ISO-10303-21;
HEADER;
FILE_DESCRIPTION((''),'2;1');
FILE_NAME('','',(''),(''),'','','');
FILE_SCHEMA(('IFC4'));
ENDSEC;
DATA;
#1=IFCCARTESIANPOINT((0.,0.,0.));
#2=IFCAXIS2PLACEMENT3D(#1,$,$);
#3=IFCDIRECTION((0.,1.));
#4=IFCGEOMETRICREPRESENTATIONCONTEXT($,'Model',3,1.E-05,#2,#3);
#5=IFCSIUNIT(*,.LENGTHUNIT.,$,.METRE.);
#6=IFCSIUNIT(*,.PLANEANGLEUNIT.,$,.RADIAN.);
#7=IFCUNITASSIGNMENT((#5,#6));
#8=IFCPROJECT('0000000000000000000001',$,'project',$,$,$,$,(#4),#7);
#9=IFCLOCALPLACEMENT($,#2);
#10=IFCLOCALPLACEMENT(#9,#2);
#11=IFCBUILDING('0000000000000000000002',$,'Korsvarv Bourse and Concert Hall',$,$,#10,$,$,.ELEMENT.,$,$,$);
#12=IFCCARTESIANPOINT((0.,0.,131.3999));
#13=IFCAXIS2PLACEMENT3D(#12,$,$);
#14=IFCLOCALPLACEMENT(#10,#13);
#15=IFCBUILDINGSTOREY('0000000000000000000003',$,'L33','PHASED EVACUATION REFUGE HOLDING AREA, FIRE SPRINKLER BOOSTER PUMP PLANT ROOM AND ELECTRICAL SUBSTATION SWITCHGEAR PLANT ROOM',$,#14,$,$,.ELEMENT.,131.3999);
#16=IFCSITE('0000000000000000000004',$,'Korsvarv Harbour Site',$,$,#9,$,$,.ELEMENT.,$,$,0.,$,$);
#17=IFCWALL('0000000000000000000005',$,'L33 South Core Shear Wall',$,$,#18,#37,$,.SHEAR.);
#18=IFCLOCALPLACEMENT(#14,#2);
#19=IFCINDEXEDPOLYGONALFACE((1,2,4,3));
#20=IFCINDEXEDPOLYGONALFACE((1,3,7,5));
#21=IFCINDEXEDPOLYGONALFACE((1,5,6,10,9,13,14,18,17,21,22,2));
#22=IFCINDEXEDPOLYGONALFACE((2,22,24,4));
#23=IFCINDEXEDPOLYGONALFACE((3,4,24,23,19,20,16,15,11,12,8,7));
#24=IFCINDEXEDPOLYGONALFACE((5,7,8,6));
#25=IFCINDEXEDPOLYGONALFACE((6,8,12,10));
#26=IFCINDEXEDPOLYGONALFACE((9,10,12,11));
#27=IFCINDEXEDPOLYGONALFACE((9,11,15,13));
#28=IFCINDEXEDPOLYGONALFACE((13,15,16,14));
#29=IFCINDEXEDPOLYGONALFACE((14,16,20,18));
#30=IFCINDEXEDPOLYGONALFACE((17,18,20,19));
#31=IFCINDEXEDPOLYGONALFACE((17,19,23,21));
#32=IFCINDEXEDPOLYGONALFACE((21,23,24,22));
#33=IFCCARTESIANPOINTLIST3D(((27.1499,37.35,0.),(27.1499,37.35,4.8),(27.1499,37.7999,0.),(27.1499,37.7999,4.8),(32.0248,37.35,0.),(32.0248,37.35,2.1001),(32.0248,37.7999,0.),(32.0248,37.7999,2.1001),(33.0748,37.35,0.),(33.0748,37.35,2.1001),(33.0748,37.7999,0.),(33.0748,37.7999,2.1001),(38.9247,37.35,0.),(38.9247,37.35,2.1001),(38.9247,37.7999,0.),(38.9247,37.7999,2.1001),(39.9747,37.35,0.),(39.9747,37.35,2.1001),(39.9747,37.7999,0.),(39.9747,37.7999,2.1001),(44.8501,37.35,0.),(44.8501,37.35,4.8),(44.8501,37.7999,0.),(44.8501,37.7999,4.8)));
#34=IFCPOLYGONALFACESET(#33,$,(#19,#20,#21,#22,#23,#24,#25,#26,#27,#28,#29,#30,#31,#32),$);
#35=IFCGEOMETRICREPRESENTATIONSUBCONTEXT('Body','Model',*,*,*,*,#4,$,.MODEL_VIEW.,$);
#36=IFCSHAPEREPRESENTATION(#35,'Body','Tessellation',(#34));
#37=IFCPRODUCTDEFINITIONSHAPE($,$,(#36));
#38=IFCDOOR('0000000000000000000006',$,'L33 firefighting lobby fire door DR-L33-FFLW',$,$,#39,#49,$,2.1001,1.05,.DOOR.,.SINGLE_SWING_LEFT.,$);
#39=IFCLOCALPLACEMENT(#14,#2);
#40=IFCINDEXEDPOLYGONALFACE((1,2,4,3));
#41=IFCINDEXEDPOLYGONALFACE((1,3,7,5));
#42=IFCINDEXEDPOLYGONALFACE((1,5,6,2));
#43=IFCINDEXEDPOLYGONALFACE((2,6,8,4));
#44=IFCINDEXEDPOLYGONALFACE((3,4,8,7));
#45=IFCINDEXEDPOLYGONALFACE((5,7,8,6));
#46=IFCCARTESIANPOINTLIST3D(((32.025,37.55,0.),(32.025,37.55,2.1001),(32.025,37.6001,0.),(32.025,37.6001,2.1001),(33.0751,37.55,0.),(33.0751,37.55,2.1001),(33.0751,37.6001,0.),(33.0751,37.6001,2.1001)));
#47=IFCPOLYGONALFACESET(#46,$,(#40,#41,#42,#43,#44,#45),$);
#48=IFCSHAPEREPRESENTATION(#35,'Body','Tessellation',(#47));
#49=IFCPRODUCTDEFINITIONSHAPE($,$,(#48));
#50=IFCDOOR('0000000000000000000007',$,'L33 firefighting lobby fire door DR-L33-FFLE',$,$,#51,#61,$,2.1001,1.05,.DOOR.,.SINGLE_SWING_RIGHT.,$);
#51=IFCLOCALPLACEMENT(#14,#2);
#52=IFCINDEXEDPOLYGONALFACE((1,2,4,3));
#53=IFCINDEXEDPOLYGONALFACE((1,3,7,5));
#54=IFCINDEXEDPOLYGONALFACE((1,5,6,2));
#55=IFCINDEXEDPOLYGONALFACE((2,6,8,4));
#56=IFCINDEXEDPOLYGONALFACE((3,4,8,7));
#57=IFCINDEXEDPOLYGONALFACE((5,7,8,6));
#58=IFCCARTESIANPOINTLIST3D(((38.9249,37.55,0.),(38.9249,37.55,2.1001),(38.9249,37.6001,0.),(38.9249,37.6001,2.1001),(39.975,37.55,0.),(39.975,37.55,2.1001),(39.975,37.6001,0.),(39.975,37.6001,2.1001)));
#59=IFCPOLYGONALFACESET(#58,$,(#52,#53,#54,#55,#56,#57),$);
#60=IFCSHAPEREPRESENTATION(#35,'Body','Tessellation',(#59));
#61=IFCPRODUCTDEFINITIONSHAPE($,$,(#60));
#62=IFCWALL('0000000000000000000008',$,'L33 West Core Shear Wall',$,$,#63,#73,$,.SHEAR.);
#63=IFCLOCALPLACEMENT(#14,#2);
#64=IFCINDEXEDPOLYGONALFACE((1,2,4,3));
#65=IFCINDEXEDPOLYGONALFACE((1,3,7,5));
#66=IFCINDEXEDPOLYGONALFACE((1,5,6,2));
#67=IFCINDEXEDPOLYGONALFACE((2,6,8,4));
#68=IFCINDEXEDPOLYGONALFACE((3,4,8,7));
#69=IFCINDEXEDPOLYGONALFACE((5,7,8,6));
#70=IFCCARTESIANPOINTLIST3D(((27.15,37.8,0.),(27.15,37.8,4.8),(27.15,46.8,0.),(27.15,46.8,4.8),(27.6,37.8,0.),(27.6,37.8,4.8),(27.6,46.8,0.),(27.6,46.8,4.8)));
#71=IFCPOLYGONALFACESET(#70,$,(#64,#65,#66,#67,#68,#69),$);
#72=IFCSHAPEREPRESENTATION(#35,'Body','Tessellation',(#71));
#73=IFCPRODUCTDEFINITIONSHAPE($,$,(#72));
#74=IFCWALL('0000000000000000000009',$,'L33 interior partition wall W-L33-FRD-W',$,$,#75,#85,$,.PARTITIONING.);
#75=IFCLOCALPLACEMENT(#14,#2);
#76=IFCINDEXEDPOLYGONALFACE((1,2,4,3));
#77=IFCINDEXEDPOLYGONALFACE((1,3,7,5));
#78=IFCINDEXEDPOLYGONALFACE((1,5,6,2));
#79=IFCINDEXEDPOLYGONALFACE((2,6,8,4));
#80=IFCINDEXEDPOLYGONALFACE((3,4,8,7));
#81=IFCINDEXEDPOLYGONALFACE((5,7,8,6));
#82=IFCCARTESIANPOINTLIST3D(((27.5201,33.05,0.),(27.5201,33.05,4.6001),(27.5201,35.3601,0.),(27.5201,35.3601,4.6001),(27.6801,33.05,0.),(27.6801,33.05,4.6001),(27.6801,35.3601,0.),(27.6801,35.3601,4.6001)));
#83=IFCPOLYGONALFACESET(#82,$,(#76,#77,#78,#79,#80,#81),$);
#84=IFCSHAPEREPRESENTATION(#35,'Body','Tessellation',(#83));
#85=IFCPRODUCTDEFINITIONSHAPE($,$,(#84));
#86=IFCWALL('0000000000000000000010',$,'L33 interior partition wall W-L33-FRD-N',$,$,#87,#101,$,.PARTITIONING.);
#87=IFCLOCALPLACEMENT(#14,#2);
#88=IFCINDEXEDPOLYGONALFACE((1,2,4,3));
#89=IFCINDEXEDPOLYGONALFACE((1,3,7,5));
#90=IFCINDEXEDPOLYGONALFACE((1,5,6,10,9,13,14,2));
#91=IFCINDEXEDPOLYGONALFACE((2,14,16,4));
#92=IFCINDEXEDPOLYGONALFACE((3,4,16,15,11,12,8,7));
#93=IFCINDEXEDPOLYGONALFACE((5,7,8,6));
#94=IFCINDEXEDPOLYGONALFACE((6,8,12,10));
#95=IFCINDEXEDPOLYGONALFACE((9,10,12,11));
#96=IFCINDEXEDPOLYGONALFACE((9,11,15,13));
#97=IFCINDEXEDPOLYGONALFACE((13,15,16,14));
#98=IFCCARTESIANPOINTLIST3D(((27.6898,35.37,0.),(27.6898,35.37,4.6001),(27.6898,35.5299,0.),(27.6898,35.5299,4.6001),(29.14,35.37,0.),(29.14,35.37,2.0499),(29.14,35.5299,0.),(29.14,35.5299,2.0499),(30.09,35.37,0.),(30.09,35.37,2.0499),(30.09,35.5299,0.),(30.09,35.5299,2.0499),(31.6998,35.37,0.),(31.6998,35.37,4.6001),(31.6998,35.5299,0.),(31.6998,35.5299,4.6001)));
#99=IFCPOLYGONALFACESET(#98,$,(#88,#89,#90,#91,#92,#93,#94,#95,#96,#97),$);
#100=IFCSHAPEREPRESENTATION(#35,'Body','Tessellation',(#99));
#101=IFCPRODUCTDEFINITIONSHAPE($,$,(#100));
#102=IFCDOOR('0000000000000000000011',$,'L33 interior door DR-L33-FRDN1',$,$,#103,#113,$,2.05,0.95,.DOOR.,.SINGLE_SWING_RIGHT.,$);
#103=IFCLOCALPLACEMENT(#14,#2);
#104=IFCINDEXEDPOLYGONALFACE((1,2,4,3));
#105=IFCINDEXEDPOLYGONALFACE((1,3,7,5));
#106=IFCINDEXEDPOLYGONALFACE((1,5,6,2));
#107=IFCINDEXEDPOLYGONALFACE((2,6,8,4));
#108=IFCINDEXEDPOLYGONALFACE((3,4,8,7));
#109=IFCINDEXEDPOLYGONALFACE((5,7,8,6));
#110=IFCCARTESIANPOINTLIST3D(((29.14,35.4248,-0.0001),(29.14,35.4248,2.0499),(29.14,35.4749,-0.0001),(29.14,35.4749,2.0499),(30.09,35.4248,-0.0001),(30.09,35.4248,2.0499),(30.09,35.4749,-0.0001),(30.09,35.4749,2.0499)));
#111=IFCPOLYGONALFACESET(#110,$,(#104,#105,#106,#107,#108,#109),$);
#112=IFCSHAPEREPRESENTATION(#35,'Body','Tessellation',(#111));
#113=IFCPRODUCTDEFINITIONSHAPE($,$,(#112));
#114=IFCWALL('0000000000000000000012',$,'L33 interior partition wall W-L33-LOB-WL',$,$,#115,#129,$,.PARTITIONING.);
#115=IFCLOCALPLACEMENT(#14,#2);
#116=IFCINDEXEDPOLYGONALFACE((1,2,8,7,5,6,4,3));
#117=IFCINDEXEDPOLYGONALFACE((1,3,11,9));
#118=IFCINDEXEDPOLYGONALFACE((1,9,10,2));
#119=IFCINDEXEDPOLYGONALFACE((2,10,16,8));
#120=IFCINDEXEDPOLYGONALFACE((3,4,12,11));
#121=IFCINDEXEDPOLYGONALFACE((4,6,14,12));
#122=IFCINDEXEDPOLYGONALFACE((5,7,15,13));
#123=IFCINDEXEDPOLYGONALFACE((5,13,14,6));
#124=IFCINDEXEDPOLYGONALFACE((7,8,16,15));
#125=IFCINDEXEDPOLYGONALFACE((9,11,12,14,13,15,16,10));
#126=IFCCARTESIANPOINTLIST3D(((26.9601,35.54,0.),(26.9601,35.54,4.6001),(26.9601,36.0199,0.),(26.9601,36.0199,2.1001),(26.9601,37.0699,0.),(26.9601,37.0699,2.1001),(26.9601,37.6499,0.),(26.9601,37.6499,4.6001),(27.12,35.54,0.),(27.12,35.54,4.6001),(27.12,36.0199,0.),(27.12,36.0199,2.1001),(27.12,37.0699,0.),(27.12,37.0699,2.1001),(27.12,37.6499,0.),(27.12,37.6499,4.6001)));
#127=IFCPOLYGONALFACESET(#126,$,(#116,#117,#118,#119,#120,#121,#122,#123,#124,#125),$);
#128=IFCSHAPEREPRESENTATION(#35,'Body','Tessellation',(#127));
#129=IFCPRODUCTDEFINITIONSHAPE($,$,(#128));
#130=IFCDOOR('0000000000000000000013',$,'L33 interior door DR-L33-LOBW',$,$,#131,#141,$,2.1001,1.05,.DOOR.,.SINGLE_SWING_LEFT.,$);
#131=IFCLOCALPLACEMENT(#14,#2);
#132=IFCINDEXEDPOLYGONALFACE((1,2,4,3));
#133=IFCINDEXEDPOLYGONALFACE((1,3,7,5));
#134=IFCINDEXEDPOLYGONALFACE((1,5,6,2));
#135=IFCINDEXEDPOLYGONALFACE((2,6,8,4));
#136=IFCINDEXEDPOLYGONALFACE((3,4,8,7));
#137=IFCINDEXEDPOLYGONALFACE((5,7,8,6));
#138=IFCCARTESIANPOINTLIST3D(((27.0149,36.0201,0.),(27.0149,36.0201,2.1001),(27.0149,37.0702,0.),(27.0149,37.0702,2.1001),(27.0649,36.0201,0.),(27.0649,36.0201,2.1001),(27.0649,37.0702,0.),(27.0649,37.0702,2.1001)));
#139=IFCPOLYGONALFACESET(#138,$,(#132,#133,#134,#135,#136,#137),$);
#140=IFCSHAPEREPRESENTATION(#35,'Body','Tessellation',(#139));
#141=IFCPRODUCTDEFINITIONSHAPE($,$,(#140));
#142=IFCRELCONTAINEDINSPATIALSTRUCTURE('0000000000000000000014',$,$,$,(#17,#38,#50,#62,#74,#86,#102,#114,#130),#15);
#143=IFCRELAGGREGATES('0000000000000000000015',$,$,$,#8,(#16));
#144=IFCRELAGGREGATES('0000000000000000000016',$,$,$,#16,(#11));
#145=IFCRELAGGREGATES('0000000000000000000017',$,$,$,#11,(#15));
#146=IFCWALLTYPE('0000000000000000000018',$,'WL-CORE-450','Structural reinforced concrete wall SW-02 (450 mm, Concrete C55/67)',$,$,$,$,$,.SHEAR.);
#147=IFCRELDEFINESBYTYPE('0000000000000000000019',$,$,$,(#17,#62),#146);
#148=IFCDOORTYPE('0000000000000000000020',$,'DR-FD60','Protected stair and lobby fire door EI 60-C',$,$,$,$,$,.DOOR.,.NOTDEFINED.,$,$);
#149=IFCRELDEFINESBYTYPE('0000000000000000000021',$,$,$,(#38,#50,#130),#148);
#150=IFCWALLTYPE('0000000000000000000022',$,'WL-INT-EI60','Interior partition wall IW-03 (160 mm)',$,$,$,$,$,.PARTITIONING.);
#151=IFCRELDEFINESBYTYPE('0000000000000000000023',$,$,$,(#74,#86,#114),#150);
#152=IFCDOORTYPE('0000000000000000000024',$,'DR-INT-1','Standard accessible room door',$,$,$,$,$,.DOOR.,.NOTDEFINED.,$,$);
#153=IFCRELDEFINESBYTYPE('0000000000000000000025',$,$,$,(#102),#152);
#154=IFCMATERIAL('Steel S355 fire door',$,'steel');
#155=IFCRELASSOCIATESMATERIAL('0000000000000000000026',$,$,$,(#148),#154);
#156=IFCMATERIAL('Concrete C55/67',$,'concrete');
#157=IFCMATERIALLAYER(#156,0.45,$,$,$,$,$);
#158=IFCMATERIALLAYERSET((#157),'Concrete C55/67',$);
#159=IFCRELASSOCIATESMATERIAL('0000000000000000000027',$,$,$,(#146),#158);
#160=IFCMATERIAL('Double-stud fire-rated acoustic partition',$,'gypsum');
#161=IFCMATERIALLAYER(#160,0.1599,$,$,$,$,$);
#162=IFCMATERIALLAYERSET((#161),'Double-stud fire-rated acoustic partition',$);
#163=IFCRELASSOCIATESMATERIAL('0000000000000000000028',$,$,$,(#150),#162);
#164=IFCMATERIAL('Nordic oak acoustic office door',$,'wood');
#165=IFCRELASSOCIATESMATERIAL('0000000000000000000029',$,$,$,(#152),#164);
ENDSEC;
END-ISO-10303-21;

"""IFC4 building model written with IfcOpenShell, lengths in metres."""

from ifc_helpers import new_model, si_unit, direction, frame, frame_2d, origin, place, context, subcontext, project, spatial, rectangle, extrude, material, layer, layer_set, type_object, element, fill, save


model = new_model("IFC4")

# Units and contexts
model_context = context("Model", 3, precision=1e-05, world=origin(), true_north=direction((0.0, 1.0)))
body_context = subcontext(model_context, "Body", "Model", "MODEL_VIEW")
ifc_project = project(units=[si_unit("LENGTHUNIT", "METRE"), si_unit("PLANEANGLEUNIT", "RADIAN")], contexts=[model_context])

# Site, building, storey
site_placement = place(None, origin())
site = spatial("IfcSite", under=ifc_project, at=site_placement, Name="Korsvarv Harbour Site", CompositionType="ELEMENT", RefElevation=0.0)
building_placement = place(site_placement, origin())
building = spatial("IfcBuilding", under=site, at=building_placement, Name="Korsvarv Bourse and Concert Hall", CompositionType="ELEMENT")
storey_placement = place(building_placement, frame((0.0, 0.0, 131.3999)))
storey = spatial("IfcBuildingStorey", under=building, at=storey_placement, Name="L33", Description="PHASED EVACUATION REFUGE HOLDING AREA, FIRE SPRINKLER BOOSTER PUMP PLANT ROOM AND ELECTRICAL SUBSTATION SWITCHGEAR PLANT ROOM", CompositionType="ELEMENT", Elevation=131.3999)

# Shared definitions
ifc_material_1 = material(Name="Concrete C55/67", Category="concrete")

# Shared definitions
ifc_material_2 = material(Name="Steel S355 fire door", Category="steel")
door_type_1 = type_object("IfcDoorType", Name="DR-FD60", Description="Protected stair and lobby fire door EI 60-C", OperationType="NOTDEFINED", PredefinedType="DOOR", material=ifc_material_2)

# Wall, openings, doors
ifc_layer_1 = layer(ifc_material_1, 0.45)
ifc_layer_set_1 = layer_set([ifc_layer_1], Name="Concrete C55/67")
wall_type_1 = type_object("IfcWallType", Name="WL-CORE-450", Description="Structural reinforced concrete wall SW-02 (450 mm, Concrete C55/67)", PredefinedType="SHEAR", material=ifc_layer_set_1)
wall_1_placement = place(storey_placement, frame((27.1499, 37.575, 0.0), z_axis=(0.0, 0.0, 1.0), x_axis=(1.0, 0.0, 0.0)))
wall_1 = element("IfcWall", 1, at=wall_1_placement, inside=storey, type_object=wall_type_1, Name="L33 South Core Shear Wall", PredefinedType="SHEAR", context=body_context, shape_type="SweptSolid", body=[
    extrude(rectangle(XDim=17.7002, YDim=0.45, at=frame_2d((8.8501, 0.0))), origin(), (0.0, 0.0, 1.0), 4.8),
])
opening_1_placement = place(wall_1_placement, frame((4.875, 0.0, 0.0)))
opening_1 = element("IfcOpeningElement", 2, at=opening_1_placement, cuts=wall_1, PredefinedType="OPENING", context=body_context, shape_type="SweptSolid", body=[
    extrude(rectangle(XDim=1.05, YDim=2.1001, at=frame_2d((0.5249, 1.05))), frame((0.0, 0.2349, 0.0), z_axis=(0.0, -1.0, 0.0), x_axis=(1.0, 0.0, 0.0)), (0.0, 0.0, 1.0), 0.47),
])
opening_2_placement = place(wall_1_placement, frame((11.7749, 0.0, 0.0)))
opening_2 = element("IfcOpeningElement", 3, at=opening_2_placement, cuts=wall_1, PredefinedType="OPENING", context=body_context, shape_type="SweptSolid", body=[
    extrude(rectangle(XDim=1.05, YDim=2.1001, at=frame_2d((0.5249, 1.05))), frame((0.0, 0.2349, 0.0), z_axis=(0.0, -1.0, 0.0), x_axis=(1.0, 0.0, 0.0)), (0.0, 0.0, 1.0), 0.47),
])
door_1_placement = place(opening_1_placement, frame((1.05, 0.0, 0.0), z_axis=(0.0, 0.0, 1.0), x_axis=(-1.0, 0.0, 0.0)))
door_1 = element("IfcDoor", 4, at=door_1_placement, inside=storey, type_object=door_type_1, Name="L33 firefighting lobby fire door DR-L33-FFLW", OperationType="SINGLE_SWING_LEFT", OverallHeight=2.1001, OverallWidth=1.05, PredefinedType="DOOR", context=body_context, shape_type="SweptSolid", body=[
    extrude(rectangle(XDim=1.05, YDim=2.1001, at=frame_2d((0.5249, 1.05))), frame((0.0, 0.0249, 0.0), z_axis=(0.0, -1.0, 0.0), x_axis=(1.0, 0.0, 0.0)), (0.0, 0.0, 1.0), 0.05),
])
fill(opening_1, door_1)
door_2_placement = place(opening_2_placement, frame((1.05, 0.0, 0.0), z_axis=(0.0, 0.0, 1.0), x_axis=(-1.0, 0.0, 0.0)))
door_2 = element("IfcDoor", 5, at=door_2_placement, inside=storey, type_object=door_type_1, Name="L33 firefighting lobby fire door DR-L33-FFLE", OperationType="SINGLE_SWING_RIGHT", OverallHeight=2.1001, OverallWidth=1.05, PredefinedType="DOOR", context=body_context, shape_type="SweptSolid", body=[
    extrude(rectangle(XDim=1.05, YDim=2.1001, at=frame_2d((0.5249, 1.05))), frame((0.0, 0.0249, 0.0), z_axis=(0.0, -1.0, 0.0), x_axis=(1.0, 0.0, 0.0)), (0.0, 0.0, 1.0), 0.05),
])
fill(opening_2, door_2)

# Walls
wall_2_placement = place(storey_placement, frame((27.375, 37.8, 0.0), z_axis=(0.0, 0.0, 1.0), x_axis=(0.0, 1.0, 0.0)))
element("IfcWall", 6, at=wall_2_placement, inside=storey, type_object=wall_type_1, Name="L33 West Core Shear Wall", PredefinedType="SHEAR", context=body_context, shape_type="SweptSolid", body=[
    extrude(rectangle(XDim=9.0, YDim=0.45, at=frame_2d((4.5, 0.0))), origin(), (0.0, 0.0, 1.0), 4.8),
])
ifc_material_3 = material(Name="Double-stud fire-rated acoustic partition", Category="gypsum")
ifc_layer_2 = layer(ifc_material_3, 0.1599)
ifc_layer_set_2 = layer_set([ifc_layer_2], Name="Double-stud fire-rated acoustic partition")
wall_type_2 = type_object("IfcWallType", Name="WL-INT-EI60", Description="Interior partition wall IW-03 (160 mm)", PredefinedType="PARTITIONING", material=ifc_layer_set_2)
wall_3_placement = place(storey_placement, frame((27.6001, 33.05, 0.0), z_axis=(0.0, 0.0, 1.0), x_axis=(0.0, 1.0, 0.0)))
element("IfcWall", 7, at=wall_3_placement, inside=storey, type_object=wall_type_2, Name="L33 interior partition wall W-L33-FRD-W", PredefinedType="PARTITIONING", context=body_context, shape_type="SweptSolid", body=[
    extrude(rectangle(XDim=2.3101, YDim=0.1599, at=frame_2d((1.155, 0.0))), origin(), (0.0, 0.0, 1.0), 4.6001),
])

# Walls, openings, doors
wall_4_placement = place(storey_placement, frame((27.6899, 35.45, 0.0), z_axis=(0.0, 0.0, 1.0), x_axis=(1.0, 0.0, 0.0)))
wall_4 = element("IfcWall", 8, at=wall_4_placement, inside=storey, type_object=wall_type_2, Name="L33 interior partition wall W-L33-FRD-N", PredefinedType="PARTITIONING", context=body_context, shape_type="SweptSolid", body=[
    extrude(rectangle(XDim=4.01, YDim=0.1599, at=frame_2d((2.0049, 0.0))), origin(), (0.0, 0.0, 1.0), 4.6001),
])
opening_3_placement = place(wall_4_placement, frame((1.45, 0.0, 0.0)))
opening_3 = element("IfcOpeningElement", 9, at=opening_3_placement, cuts=wall_4, PredefinedType="OPENING", context=body_context, shape_type="SweptSolid", body=[
    extrude(rectangle(XDim=0.95, YDim=2.05, at=frame_2d((0.4751, 1.0249))), frame((0.0, 0.0898, 0.0), z_axis=(0.0, -1.0, 0.0), x_axis=(1.0, 0.0, 0.0)), (0.0, 0.0, 1.0), 0.1799),
])
ifc_material_4 = material(Name="Nordic oak acoustic office door", Category="wood")
door_type_2 = type_object("IfcDoorType", Name="DR-INT-1", Description="Standard accessible room door", OperationType="NOTDEFINED", PredefinedType="DOOR", material=ifc_material_4)
door_3_placement = place(opening_3_placement, origin())
door_3 = element("IfcDoor", 10, at=door_3_placement, inside=storey, type_object=door_type_2, Name="L33 interior door DR-L33-FRDN1", OperationType="SINGLE_SWING_RIGHT", OverallHeight=2.05, OverallWidth=0.95, PredefinedType="DOOR", context=body_context, shape_type="SweptSolid", body=[
    extrude(rectangle(XDim=0.95, YDim=2.05, at=frame_2d((0.4751, 1.0249))), frame((0.0, 0.0249, 0.0), z_axis=(0.0, -1.0, 0.0), x_axis=(1.0, 0.0, 0.0)), (0.0, 0.0, 1.0), 0.05),
])
fill(opening_3, door_3)
wall_5_placement = place(storey_placement, frame((27.04, 35.54, 0.0), z_axis=(0.0, 0.0, 1.0), x_axis=(0.0, 1.0, 0.0)))
wall_5 = element("IfcWall", 11, at=wall_5_placement, inside=storey, type_object=wall_type_2, Name="L33 interior partition wall W-L33-LOB-WL", PredefinedType="PARTITIONING", context=body_context, shape_type="SweptSolid", body=[
    extrude(rectangle(XDim=2.1099, YDim=0.1599, at=frame_2d((1.0549, 0.0))), origin(), (0.0, 0.0, 1.0), 4.6001),
])
opening_4_placement = place(wall_5_placement, frame((0.48, 0.0, 0.0)))
opening_4 = element("IfcOpeningElement", 12, at=opening_4_placement, cuts=wall_5, PredefinedType="OPENING", context=body_context, shape_type="SweptSolid", body=[
    extrude(rectangle(XDim=1.05, YDim=2.1001, at=frame_2d((0.5249, 1.05))), frame((0.0, 0.0898, 0.0), z_axis=(0.0, -1.0, 0.0), x_axis=(1.0, 0.0, 0.0)), (0.0, 0.0, 1.0), 0.1799),
])
door_4_placement = place(opening_4_placement, frame((1.05, 0.0, 0.0), z_axis=(0.0, 0.0, 1.0), x_axis=(-1.0, 0.0, 0.0)))
door_4 = element("IfcDoor", 13, at=door_4_placement, inside=storey, type_object=door_type_1, Name="L33 interior door DR-L33-LOBW", OperationType="SINGLE_SWING_LEFT", OverallHeight=2.1001, OverallWidth=1.05, PredefinedType="DOOR", context=body_context, shape_type="SweptSolid", body=[
    extrude(rectangle(XDim=1.05, YDim=2.1001, at=frame_2d((0.5249, 1.05))), frame((0.0, 0.0249, 0.0), z_axis=(0.0, -1.0, 0.0), x_axis=(1.0, 0.0, 0.0)), (0.0, 0.0, 1.0), 0.05),
])
fill(opening_4, door_4)

save(model, "model.ifc")
